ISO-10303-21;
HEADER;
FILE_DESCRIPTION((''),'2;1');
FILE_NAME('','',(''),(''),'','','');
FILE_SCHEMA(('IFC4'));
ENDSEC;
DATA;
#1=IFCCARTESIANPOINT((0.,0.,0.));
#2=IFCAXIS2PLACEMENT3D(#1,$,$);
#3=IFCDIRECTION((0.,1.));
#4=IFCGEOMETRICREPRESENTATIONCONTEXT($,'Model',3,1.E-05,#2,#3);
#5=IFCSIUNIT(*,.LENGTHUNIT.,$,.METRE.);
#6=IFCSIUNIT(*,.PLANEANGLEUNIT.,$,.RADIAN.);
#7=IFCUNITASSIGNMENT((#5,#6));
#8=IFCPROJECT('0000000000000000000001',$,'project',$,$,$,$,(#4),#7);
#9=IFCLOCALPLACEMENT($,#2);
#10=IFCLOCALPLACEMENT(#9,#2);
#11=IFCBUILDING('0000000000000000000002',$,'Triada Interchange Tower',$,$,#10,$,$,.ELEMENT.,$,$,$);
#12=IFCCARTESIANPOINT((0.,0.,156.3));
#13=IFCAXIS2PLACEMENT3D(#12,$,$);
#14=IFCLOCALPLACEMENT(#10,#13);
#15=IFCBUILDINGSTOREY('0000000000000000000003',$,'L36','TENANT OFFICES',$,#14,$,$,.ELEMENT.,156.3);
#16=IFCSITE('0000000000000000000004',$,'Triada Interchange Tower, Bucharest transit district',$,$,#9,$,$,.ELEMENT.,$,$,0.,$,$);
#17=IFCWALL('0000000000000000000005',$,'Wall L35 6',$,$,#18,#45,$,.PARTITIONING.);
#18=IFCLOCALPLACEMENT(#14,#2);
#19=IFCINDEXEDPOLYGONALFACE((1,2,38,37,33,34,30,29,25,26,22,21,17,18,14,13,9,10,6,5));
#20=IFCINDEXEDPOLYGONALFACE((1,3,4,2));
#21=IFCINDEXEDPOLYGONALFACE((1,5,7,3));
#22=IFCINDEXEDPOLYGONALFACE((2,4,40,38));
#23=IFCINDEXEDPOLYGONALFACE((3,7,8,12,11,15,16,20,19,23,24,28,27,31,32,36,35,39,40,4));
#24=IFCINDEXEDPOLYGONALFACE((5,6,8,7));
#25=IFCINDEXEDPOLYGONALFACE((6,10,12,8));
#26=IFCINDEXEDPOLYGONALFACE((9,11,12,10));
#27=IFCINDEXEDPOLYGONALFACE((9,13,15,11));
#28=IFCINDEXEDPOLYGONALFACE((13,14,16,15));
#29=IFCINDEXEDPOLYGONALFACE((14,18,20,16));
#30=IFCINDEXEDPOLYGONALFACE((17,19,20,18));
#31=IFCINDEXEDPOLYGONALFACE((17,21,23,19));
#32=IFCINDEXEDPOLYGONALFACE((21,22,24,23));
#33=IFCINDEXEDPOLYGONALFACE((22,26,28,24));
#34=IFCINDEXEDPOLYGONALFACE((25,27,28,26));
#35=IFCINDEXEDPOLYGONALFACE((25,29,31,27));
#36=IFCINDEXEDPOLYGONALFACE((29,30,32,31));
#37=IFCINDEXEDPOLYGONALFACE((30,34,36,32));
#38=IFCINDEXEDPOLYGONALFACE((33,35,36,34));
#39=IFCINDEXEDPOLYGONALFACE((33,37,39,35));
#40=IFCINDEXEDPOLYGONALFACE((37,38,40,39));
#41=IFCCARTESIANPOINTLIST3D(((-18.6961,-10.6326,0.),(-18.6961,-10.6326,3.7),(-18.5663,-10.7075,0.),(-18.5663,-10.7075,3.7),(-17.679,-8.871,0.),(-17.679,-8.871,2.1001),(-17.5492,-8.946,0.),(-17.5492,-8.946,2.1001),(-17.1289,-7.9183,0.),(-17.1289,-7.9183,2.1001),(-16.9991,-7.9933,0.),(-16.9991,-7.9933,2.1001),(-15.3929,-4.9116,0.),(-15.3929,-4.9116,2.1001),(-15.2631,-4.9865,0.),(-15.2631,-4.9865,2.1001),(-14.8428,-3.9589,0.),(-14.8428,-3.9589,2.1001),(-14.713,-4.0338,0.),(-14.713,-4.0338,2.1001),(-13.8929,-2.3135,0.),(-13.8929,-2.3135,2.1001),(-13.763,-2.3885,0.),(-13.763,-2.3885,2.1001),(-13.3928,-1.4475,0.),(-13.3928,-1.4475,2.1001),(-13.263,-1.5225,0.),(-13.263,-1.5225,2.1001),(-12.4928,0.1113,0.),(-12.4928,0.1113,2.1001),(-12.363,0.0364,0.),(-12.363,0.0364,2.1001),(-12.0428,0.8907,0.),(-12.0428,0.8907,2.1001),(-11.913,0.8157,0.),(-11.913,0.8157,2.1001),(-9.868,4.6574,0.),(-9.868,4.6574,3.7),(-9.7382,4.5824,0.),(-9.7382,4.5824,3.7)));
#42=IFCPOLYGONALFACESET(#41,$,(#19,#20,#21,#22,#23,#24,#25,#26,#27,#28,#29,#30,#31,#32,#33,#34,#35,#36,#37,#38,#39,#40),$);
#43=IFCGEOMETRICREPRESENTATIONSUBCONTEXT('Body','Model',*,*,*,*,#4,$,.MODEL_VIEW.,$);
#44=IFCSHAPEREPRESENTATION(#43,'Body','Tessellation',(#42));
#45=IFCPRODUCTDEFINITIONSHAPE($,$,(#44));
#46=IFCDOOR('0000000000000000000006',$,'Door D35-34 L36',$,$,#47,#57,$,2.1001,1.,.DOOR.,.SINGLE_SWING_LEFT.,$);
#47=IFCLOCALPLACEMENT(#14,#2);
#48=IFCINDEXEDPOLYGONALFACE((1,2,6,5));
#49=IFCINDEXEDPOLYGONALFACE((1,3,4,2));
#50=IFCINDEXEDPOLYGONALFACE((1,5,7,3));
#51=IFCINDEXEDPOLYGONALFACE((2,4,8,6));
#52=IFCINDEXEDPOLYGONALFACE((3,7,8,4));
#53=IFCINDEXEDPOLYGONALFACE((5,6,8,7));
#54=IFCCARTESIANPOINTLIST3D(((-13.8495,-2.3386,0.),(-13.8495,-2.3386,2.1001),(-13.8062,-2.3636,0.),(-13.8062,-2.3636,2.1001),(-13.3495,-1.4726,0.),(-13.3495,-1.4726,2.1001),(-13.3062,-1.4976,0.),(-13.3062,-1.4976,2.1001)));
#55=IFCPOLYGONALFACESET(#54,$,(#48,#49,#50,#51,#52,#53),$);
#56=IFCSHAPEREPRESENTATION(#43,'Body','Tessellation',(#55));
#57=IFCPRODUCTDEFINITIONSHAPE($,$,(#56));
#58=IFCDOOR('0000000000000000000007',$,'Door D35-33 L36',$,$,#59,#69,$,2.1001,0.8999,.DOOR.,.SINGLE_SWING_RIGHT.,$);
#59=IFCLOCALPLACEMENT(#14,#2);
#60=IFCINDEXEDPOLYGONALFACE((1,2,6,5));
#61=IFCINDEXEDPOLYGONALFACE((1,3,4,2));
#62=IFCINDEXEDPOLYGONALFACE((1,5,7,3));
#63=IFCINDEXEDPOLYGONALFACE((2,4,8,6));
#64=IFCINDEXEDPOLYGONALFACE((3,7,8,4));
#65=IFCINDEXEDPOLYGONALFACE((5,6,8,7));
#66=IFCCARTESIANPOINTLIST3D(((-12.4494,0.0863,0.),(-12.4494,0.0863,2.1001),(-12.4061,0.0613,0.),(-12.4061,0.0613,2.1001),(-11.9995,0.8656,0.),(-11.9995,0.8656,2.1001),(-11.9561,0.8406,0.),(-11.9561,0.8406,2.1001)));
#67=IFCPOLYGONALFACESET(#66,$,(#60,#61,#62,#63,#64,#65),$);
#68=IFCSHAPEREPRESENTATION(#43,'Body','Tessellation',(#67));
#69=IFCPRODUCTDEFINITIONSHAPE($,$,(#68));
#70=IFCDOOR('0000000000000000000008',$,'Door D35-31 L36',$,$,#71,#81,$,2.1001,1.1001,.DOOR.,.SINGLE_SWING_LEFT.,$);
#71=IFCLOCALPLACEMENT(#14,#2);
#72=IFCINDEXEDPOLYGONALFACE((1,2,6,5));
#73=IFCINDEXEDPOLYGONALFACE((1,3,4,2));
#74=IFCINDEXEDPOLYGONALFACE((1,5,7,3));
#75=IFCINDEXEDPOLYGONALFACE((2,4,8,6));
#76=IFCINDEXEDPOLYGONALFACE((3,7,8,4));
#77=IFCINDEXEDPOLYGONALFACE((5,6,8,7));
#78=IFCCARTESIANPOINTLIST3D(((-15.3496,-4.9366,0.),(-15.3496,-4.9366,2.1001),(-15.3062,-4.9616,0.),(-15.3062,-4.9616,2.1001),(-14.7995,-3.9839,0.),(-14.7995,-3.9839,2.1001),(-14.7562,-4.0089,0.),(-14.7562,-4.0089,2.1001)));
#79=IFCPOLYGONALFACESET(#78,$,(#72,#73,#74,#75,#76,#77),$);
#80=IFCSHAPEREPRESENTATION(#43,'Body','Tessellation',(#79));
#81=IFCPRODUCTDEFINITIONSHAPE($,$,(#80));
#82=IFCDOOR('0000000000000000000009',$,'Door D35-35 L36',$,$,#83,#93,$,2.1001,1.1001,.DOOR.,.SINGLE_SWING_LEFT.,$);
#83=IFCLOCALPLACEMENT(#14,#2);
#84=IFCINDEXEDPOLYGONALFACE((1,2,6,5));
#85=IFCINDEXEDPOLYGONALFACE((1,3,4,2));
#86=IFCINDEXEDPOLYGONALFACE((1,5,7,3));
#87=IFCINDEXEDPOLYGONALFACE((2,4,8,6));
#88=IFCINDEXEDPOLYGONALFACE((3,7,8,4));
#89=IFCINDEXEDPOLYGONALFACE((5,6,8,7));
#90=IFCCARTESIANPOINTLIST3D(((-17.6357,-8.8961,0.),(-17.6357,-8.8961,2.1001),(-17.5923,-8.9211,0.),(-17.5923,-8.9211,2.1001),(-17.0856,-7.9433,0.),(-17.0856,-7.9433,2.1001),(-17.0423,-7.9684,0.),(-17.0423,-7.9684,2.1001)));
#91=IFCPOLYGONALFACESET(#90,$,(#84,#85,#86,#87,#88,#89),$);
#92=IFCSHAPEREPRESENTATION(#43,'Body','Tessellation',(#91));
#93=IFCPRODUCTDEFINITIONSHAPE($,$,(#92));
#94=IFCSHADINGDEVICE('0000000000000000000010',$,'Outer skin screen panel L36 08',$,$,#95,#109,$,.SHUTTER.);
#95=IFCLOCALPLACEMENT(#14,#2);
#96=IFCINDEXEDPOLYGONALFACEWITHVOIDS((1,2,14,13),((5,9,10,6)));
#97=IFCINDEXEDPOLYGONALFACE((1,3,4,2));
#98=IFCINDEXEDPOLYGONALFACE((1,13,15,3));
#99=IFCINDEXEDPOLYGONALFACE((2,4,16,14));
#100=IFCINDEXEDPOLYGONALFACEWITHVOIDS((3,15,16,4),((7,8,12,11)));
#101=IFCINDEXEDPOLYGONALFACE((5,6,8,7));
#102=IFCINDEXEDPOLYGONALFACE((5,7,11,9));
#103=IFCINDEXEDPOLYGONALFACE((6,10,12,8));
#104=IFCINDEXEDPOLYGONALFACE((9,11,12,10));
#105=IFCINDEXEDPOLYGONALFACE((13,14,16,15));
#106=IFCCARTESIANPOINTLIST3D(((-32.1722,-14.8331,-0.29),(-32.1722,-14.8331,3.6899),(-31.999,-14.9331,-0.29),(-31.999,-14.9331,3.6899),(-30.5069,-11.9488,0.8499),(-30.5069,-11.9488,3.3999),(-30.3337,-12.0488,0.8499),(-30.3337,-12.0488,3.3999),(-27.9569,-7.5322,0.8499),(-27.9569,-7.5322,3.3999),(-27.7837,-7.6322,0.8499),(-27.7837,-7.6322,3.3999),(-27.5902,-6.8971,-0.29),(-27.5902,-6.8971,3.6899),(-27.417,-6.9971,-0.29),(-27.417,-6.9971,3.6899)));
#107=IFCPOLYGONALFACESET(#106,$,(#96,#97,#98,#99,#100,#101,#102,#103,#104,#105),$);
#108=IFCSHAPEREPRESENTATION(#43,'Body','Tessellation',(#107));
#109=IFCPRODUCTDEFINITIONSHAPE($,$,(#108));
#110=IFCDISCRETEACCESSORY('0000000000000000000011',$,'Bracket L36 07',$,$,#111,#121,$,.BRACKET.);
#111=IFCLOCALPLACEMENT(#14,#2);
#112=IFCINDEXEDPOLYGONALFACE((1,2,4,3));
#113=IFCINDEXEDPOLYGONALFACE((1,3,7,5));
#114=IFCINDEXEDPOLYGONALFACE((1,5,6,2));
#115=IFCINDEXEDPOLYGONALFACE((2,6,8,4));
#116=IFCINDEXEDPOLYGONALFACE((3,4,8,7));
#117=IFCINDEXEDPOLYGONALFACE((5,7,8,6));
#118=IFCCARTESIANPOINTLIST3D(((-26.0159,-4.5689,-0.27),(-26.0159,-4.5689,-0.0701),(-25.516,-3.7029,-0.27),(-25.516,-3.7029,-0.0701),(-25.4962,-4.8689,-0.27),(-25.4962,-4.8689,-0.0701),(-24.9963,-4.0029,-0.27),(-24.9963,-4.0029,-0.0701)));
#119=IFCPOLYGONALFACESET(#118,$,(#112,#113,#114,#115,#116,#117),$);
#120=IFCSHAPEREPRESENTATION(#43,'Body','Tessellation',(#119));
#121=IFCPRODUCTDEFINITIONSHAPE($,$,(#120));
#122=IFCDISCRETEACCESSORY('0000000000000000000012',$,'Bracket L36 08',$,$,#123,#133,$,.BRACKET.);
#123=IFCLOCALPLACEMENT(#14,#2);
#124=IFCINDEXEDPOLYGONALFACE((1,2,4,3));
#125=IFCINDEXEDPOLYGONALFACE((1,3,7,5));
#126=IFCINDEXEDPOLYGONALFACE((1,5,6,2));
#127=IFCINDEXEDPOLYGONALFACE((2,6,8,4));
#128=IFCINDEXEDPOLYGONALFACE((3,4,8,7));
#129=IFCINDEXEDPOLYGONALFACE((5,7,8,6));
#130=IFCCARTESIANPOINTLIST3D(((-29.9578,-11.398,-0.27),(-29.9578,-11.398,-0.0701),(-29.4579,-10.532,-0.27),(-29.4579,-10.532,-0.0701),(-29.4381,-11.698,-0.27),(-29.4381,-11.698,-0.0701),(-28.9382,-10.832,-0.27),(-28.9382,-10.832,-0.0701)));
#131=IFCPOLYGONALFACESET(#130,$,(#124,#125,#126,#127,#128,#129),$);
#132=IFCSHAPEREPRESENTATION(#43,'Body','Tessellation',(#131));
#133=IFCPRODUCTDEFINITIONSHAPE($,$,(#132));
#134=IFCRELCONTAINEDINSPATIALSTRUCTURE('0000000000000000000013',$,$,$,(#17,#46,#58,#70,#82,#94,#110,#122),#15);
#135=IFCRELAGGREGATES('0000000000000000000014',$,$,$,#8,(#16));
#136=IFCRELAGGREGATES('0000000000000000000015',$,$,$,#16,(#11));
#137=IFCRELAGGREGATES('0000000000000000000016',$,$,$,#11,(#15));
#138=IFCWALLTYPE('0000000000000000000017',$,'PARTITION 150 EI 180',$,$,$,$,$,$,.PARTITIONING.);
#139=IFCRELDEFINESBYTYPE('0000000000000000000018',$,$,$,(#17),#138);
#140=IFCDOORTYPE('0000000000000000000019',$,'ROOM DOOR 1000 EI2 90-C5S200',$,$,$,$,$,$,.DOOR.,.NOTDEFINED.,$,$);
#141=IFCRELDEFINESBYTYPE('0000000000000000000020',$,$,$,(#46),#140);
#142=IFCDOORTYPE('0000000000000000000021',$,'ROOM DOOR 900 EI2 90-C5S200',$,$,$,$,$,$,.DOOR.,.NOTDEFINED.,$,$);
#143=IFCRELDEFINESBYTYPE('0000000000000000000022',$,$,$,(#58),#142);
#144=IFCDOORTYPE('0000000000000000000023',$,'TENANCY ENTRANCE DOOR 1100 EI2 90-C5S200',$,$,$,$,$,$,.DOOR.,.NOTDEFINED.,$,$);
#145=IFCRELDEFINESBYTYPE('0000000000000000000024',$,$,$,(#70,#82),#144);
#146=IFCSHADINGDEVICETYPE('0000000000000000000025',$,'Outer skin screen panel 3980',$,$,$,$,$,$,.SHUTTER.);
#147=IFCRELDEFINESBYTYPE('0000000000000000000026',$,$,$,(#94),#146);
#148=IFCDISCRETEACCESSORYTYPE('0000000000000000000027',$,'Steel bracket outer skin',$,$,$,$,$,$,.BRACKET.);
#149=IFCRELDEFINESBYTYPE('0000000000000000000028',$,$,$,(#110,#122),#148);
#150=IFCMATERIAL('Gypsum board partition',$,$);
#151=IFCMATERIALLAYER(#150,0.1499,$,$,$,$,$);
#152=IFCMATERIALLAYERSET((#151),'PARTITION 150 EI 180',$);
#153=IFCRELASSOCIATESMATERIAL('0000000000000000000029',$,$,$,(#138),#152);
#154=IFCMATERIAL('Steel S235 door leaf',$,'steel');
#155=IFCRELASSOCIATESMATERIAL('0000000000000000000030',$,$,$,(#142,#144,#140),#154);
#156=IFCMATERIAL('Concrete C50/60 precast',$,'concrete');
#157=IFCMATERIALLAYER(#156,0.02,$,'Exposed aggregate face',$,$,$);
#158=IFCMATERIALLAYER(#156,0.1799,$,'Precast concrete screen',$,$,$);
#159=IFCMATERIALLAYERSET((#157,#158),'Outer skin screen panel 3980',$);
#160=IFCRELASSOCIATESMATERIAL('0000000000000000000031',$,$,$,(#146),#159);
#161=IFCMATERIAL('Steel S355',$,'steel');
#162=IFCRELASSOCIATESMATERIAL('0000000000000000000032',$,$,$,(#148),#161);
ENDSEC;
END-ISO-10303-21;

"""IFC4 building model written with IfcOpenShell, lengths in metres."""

from ifc_helpers import new_model, si_unit, direction, frame, frame_2d, origin, origin_2d, place, context, subcontext, project, spatial, polyline, rectangle, outline, extrude, material, layer, layer_set, type_object, element, fill, save


model = new_model("IFC4")

# Units and contexts
model_context = context("Model", 3, precision=1e-05, world=origin(), true_north=direction((0.0, 1.0)))
body_context = subcontext(model_context, "Body", "Model", "MODEL_VIEW")
ifc_project = project(units=[si_unit("LENGTHUNIT", "METRE"), si_unit("PLANEANGLEUNIT", "RADIAN")], contexts=[model_context])

# Site, building, storey
site_placement = place(None, origin())
site = spatial("IfcSite", under=ifc_project, at=site_placement, Name="Triada Interchange Tower, Bucharest transit district", CompositionType="ELEMENT", RefElevation=0.0)
building_placement = place(site_placement, origin())
building = spatial("IfcBuilding", under=site, at=building_placement, Name="Triada Interchange Tower", CompositionType="ELEMENT")
storey_placement = place(building_placement, frame((0.0, 0.0, 156.3)))
storey = spatial("IfcBuildingStorey", under=building, at=storey_placement, Name="L36", Description="TENANT OFFICES", CompositionType="ELEMENT", Elevation=156.3)

# Shared definitions
ifc_material_1 = material(Name="Gypsum board partition")
ifc_layer_1 = layer(ifc_material_1, 0.1499)
ifc_layer_set_1 = layer_set([ifc_layer_1], Name="PARTITION 150 EI 180")
wall_type = type_object("IfcWallType", Name="PARTITION 150 EI 180", PredefinedType="PARTITIONING", material=ifc_layer_set_1)

# Wall, openings, doors
ifc_material_2 = material(Name="Steel S235 door leaf", Category="steel")
door_type_1 = type_object("IfcDoorType", Name="ROOM DOOR 900 EI2 90-C5S200", OperationType="NOTDEFINED", PredefinedType="DOOR", material=ifc_material_2)
door_type_2 = type_object("IfcDoorType", Name="TENANCY ENTRANCE DOOR 1100 EI2 90-C5S200", OperationType="NOTDEFINED", PredefinedType="DOOR", material=ifc_material_2)
wall_1_placement = place(storey_placement, frame((-18.6311, -10.6699, 0.0), z_axis=(0.0, 0.0, 1.0), x_axis=(0.500018, 0.866015, 0.0)))
wall_1 = element("IfcWall", 1, at=wall_1_placement, inside=storey, type_object=wall_type, Name="Wall L35 6", PredefinedType="PARTITIONING", context=body_context, shape_type="SweptSolid", body=[
    extrude(rectangle(XDim=17.6555, YDim=0.1499, at=frame_2d((8.8276, 0.0))), origin(), (0.0, 0.0, 1.0), 3.7),
])
opening_1_placement = place(wall_1_placement, frame((6.606, 0.0, 0.0)))
opening_1 = element("IfcOpeningElement", 2, at=opening_1_placement, cuts=wall_1, PredefinedType="OPENING", context=body_context, shape_type="SweptSolid", body=[
    extrude(rectangle(XDim=1.1001, YDim=2.1001, at=frame_2d((0.55, 1.05))), frame((0.0, 0.085, 0.0), z_axis=(0.0, -1.0, 0.0), x_axis=(1.0, 0.0, 0.0)), (0.0, 0.0, 1.0), 0.1699),
])
opening_2_placement = place(wall_1_placement, frame((12.406, 0.0, 0.0)))
opening_2 = element("IfcOpeningElement", 3, at=opening_2_placement, cuts=wall_1, PredefinedType="OPENING", context=body_context, shape_type="SweptSolid", body=[
    extrude(rectangle(XDim=0.8999, YDim=2.1001, at=frame_2d((0.45, 1.05))), frame((0.0, 0.085, 0.0), z_axis=(0.0, -1.0, 0.0), x_axis=(1.0, 0.0, 0.0)), (0.0, 0.0, 1.0), 0.1699),
])
opening_3_placement = place(wall_1_placement, frame((9.606, 0.0, 0.0)))
opening_3 = element("IfcOpeningElement", 4, at=opening_3_placement, cuts=wall_1, PredefinedType="OPENING", context=body_context, shape_type="SweptSolid", body=[
    extrude(rectangle(XDim=1.0, YDim=2.1001, at=frame_2d((0.5, 1.05))), frame((0.0, 0.085, 0.0), z_axis=(0.0, -1.0, 0.0), x_axis=(1.0, 0.0, 0.0)), (0.0, 0.0, 1.0), 0.1699),
])
opening_4_placement = place(wall_1_placement, frame((2.0339, 0.0, 0.0)))
opening_4 = element("IfcOpeningElement", 5, at=opening_4_placement, cuts=wall_1, PredefinedType="OPENING", context=body_context, shape_type="SweptSolid", body=[
    extrude(rectangle(XDim=1.1001, YDim=2.1001, at=frame_2d((0.55, 1.05))), frame((0.0, 0.085, 0.0), z_axis=(0.0, -1.0, 0.0), x_axis=(1.0, 0.0, 0.0)), (0.0, 0.0, 1.0), 0.1699),
])
door_type_3 = type_object("IfcDoorType", Name="ROOM DOOR 1000 EI2 90-C5S200", OperationType="NOTDEFINED", PredefinedType="DOOR", material=ifc_material_2)
door_1_placement = place(opening_3_placement, origin())
door_1 = element("IfcDoor", 6, at=door_1_placement, inside=storey, type_object=door_type_3, Name="Door D35-34 L36", OperationType="SINGLE_SWING_LEFT", OverallHeight=2.1001, OverallWidth=1.0, PredefinedType="DOOR", context=body_context, shape_type="SweptSolid", body=[
    extrude(rectangle(XDim=1.0, YDim=2.1001, at=frame_2d((0.5, 1.05))), frame((0.0, 0.0249, 0.0), z_axis=(0.0, -1.0, 0.0), x_axis=(1.0, 0.0, 0.0)), (0.0, 0.0, 1.0), 0.05),
])
fill(opening_3, door_1)
door_2_placement = place(opening_2_placement, origin())
door_2 = element("IfcDoor", 7, at=door_2_placement, inside=storey, type_object=door_type_1, Name="Door D35-33 L36", OperationType="SINGLE_SWING_RIGHT", OverallHeight=2.1001, OverallWidth=0.8999, PredefinedType="DOOR", context=body_context, shape_type="SweptSolid", body=[
    extrude(rectangle(XDim=0.8999, YDim=2.1001, at=frame_2d((0.45, 1.05))), frame((0.0, 0.0249, 0.0), z_axis=(0.0, -1.0, 0.0), x_axis=(1.0, 0.0, 0.0)), (0.0, 0.0, 1.0), 0.05),
])
fill(opening_2, door_2)
door_3_placement = place(opening_1_placement, origin())
door_3 = element("IfcDoor", 8, at=door_3_placement, inside=storey, type_object=door_type_2, Name="Door D35-31 L36", OperationType="SINGLE_SWING_LEFT", OverallHeight=2.1001, OverallWidth=1.1001, PredefinedType="DOOR", context=body_context, shape_type="SweptSolid", body=[
    extrude(rectangle(XDim=1.1001, YDim=2.1001, at=frame_2d((0.55, 1.05))), frame((0.0, 0.0249, 0.0), z_axis=(0.0, -1.0, 0.0), x_axis=(1.0, 0.0, 0.0)), (0.0, 0.0, 1.0), 0.05),
])
fill(opening_1, door_3)
door_4_placement = place(opening_4_placement, origin())
door_4 = element("IfcDoor", 9, at=door_4_placement, inside=storey, type_object=door_type_2, Name="Door D35-35 L36", OperationType="SINGLE_SWING_LEFT", OverallHeight=2.1001, OverallWidth=1.1001, PredefinedType="DOOR", context=body_context, shape_type="SweptSolid", body=[
    extrude(rectangle(XDim=1.1001, YDim=2.1001, at=frame_2d((0.55, 1.05))), frame((0.0, 0.0249, 0.0), z_axis=(0.0, -1.0, 0.0), x_axis=(1.0, 0.0, 0.0)), (0.0, 0.0, 1.0), 0.05),
])
fill(opening_4, door_4)

# Shading device
ifc_material_3 = material(Name="Concrete C50/60 precast", Category="concrete")
ifc_layer_2 = layer(ifc_material_3, 0.02, Name="Exposed aggregate face")
ifc_layer_3 = layer(ifc_material_3, 0.1799, Name="Precast concrete screen")
ifc_layer_set_2 = layer_set([ifc_layer_2, ifc_layer_3], Name="Outer skin screen panel 3980")
shading_device_type = type_object("IfcShadingDeviceType", Name="Outer skin screen panel 3980", PredefinedType="SHUTTER", material=ifc_layer_set_2)
shading_device_placement = place(storey_placement, frame((-27.417, -6.9971, -0.29), z_axis=(0.0, 0.0, 1.0), x_axis=(-0.500013, -0.866018, 0.0)))
element("IfcShadingDevice", 10, at=shading_device_placement, inside=storey, type_object=shading_device_type, Name="Outer skin screen panel L36 08", PredefinedType="SHUTTER", context=body_context, shape_type="SweptSolid", body=[
    extrude(outline(polyline([(0.0, 0.0), (9.1638, 0.0), (9.1638, 3.98), (0.0, 3.98), (0.0, 0.0)]), holes=[polyline([(0.7334, 1.1399), (0.7334, 3.6899), (5.8333, 3.6899), (5.8333, 1.1399), (0.7334, 1.1399)])]), frame((0.0, 0.0, 0.0), z_axis=(0.0, -1.0, 0.0), x_axis=(1.0, 0.0, 0.0)), (0.0, 0.0, 1.0), 0.2),
])

# Discrete accessories
ifc_material_4 = material(Name="Steel S355", Category="steel")
discrete_accessory_type = type_object("IfcDiscreteAccessoryType", Name="Steel bracket outer skin", PredefinedType="BRACKET", material=ifc_material_4)
for number, where, z_axis, x_axis, name in (
    (11, (-25.5061, -4.2859, -0.27), (0.0, 0.0, 1.0), (-0.866036, 0.499982, 0.0), "Bracket L36 07"),
    (12, (-29.448, -11.115, -0.27), (0.0, 0.0, 1.0), (-0.866036, 0.499982, 0.0), "Bracket L36 08"),
):
    element("IfcDiscreteAccessory", number, at=place(storey_placement, frame(where, z_axis=z_axis, x_axis=x_axis)), inside=storey, type_object=discrete_accessory_type, Name=name, PredefinedType="BRACKET", context=body_context, shape_type="SweptSolid", body=[
        extrude(rectangle(XDim=0.6001, YDim=1.0, at=origin_2d()), origin(), (0.0, 0.0, 1.0), 0.2),
    ])

save(model, "model.ifc")
